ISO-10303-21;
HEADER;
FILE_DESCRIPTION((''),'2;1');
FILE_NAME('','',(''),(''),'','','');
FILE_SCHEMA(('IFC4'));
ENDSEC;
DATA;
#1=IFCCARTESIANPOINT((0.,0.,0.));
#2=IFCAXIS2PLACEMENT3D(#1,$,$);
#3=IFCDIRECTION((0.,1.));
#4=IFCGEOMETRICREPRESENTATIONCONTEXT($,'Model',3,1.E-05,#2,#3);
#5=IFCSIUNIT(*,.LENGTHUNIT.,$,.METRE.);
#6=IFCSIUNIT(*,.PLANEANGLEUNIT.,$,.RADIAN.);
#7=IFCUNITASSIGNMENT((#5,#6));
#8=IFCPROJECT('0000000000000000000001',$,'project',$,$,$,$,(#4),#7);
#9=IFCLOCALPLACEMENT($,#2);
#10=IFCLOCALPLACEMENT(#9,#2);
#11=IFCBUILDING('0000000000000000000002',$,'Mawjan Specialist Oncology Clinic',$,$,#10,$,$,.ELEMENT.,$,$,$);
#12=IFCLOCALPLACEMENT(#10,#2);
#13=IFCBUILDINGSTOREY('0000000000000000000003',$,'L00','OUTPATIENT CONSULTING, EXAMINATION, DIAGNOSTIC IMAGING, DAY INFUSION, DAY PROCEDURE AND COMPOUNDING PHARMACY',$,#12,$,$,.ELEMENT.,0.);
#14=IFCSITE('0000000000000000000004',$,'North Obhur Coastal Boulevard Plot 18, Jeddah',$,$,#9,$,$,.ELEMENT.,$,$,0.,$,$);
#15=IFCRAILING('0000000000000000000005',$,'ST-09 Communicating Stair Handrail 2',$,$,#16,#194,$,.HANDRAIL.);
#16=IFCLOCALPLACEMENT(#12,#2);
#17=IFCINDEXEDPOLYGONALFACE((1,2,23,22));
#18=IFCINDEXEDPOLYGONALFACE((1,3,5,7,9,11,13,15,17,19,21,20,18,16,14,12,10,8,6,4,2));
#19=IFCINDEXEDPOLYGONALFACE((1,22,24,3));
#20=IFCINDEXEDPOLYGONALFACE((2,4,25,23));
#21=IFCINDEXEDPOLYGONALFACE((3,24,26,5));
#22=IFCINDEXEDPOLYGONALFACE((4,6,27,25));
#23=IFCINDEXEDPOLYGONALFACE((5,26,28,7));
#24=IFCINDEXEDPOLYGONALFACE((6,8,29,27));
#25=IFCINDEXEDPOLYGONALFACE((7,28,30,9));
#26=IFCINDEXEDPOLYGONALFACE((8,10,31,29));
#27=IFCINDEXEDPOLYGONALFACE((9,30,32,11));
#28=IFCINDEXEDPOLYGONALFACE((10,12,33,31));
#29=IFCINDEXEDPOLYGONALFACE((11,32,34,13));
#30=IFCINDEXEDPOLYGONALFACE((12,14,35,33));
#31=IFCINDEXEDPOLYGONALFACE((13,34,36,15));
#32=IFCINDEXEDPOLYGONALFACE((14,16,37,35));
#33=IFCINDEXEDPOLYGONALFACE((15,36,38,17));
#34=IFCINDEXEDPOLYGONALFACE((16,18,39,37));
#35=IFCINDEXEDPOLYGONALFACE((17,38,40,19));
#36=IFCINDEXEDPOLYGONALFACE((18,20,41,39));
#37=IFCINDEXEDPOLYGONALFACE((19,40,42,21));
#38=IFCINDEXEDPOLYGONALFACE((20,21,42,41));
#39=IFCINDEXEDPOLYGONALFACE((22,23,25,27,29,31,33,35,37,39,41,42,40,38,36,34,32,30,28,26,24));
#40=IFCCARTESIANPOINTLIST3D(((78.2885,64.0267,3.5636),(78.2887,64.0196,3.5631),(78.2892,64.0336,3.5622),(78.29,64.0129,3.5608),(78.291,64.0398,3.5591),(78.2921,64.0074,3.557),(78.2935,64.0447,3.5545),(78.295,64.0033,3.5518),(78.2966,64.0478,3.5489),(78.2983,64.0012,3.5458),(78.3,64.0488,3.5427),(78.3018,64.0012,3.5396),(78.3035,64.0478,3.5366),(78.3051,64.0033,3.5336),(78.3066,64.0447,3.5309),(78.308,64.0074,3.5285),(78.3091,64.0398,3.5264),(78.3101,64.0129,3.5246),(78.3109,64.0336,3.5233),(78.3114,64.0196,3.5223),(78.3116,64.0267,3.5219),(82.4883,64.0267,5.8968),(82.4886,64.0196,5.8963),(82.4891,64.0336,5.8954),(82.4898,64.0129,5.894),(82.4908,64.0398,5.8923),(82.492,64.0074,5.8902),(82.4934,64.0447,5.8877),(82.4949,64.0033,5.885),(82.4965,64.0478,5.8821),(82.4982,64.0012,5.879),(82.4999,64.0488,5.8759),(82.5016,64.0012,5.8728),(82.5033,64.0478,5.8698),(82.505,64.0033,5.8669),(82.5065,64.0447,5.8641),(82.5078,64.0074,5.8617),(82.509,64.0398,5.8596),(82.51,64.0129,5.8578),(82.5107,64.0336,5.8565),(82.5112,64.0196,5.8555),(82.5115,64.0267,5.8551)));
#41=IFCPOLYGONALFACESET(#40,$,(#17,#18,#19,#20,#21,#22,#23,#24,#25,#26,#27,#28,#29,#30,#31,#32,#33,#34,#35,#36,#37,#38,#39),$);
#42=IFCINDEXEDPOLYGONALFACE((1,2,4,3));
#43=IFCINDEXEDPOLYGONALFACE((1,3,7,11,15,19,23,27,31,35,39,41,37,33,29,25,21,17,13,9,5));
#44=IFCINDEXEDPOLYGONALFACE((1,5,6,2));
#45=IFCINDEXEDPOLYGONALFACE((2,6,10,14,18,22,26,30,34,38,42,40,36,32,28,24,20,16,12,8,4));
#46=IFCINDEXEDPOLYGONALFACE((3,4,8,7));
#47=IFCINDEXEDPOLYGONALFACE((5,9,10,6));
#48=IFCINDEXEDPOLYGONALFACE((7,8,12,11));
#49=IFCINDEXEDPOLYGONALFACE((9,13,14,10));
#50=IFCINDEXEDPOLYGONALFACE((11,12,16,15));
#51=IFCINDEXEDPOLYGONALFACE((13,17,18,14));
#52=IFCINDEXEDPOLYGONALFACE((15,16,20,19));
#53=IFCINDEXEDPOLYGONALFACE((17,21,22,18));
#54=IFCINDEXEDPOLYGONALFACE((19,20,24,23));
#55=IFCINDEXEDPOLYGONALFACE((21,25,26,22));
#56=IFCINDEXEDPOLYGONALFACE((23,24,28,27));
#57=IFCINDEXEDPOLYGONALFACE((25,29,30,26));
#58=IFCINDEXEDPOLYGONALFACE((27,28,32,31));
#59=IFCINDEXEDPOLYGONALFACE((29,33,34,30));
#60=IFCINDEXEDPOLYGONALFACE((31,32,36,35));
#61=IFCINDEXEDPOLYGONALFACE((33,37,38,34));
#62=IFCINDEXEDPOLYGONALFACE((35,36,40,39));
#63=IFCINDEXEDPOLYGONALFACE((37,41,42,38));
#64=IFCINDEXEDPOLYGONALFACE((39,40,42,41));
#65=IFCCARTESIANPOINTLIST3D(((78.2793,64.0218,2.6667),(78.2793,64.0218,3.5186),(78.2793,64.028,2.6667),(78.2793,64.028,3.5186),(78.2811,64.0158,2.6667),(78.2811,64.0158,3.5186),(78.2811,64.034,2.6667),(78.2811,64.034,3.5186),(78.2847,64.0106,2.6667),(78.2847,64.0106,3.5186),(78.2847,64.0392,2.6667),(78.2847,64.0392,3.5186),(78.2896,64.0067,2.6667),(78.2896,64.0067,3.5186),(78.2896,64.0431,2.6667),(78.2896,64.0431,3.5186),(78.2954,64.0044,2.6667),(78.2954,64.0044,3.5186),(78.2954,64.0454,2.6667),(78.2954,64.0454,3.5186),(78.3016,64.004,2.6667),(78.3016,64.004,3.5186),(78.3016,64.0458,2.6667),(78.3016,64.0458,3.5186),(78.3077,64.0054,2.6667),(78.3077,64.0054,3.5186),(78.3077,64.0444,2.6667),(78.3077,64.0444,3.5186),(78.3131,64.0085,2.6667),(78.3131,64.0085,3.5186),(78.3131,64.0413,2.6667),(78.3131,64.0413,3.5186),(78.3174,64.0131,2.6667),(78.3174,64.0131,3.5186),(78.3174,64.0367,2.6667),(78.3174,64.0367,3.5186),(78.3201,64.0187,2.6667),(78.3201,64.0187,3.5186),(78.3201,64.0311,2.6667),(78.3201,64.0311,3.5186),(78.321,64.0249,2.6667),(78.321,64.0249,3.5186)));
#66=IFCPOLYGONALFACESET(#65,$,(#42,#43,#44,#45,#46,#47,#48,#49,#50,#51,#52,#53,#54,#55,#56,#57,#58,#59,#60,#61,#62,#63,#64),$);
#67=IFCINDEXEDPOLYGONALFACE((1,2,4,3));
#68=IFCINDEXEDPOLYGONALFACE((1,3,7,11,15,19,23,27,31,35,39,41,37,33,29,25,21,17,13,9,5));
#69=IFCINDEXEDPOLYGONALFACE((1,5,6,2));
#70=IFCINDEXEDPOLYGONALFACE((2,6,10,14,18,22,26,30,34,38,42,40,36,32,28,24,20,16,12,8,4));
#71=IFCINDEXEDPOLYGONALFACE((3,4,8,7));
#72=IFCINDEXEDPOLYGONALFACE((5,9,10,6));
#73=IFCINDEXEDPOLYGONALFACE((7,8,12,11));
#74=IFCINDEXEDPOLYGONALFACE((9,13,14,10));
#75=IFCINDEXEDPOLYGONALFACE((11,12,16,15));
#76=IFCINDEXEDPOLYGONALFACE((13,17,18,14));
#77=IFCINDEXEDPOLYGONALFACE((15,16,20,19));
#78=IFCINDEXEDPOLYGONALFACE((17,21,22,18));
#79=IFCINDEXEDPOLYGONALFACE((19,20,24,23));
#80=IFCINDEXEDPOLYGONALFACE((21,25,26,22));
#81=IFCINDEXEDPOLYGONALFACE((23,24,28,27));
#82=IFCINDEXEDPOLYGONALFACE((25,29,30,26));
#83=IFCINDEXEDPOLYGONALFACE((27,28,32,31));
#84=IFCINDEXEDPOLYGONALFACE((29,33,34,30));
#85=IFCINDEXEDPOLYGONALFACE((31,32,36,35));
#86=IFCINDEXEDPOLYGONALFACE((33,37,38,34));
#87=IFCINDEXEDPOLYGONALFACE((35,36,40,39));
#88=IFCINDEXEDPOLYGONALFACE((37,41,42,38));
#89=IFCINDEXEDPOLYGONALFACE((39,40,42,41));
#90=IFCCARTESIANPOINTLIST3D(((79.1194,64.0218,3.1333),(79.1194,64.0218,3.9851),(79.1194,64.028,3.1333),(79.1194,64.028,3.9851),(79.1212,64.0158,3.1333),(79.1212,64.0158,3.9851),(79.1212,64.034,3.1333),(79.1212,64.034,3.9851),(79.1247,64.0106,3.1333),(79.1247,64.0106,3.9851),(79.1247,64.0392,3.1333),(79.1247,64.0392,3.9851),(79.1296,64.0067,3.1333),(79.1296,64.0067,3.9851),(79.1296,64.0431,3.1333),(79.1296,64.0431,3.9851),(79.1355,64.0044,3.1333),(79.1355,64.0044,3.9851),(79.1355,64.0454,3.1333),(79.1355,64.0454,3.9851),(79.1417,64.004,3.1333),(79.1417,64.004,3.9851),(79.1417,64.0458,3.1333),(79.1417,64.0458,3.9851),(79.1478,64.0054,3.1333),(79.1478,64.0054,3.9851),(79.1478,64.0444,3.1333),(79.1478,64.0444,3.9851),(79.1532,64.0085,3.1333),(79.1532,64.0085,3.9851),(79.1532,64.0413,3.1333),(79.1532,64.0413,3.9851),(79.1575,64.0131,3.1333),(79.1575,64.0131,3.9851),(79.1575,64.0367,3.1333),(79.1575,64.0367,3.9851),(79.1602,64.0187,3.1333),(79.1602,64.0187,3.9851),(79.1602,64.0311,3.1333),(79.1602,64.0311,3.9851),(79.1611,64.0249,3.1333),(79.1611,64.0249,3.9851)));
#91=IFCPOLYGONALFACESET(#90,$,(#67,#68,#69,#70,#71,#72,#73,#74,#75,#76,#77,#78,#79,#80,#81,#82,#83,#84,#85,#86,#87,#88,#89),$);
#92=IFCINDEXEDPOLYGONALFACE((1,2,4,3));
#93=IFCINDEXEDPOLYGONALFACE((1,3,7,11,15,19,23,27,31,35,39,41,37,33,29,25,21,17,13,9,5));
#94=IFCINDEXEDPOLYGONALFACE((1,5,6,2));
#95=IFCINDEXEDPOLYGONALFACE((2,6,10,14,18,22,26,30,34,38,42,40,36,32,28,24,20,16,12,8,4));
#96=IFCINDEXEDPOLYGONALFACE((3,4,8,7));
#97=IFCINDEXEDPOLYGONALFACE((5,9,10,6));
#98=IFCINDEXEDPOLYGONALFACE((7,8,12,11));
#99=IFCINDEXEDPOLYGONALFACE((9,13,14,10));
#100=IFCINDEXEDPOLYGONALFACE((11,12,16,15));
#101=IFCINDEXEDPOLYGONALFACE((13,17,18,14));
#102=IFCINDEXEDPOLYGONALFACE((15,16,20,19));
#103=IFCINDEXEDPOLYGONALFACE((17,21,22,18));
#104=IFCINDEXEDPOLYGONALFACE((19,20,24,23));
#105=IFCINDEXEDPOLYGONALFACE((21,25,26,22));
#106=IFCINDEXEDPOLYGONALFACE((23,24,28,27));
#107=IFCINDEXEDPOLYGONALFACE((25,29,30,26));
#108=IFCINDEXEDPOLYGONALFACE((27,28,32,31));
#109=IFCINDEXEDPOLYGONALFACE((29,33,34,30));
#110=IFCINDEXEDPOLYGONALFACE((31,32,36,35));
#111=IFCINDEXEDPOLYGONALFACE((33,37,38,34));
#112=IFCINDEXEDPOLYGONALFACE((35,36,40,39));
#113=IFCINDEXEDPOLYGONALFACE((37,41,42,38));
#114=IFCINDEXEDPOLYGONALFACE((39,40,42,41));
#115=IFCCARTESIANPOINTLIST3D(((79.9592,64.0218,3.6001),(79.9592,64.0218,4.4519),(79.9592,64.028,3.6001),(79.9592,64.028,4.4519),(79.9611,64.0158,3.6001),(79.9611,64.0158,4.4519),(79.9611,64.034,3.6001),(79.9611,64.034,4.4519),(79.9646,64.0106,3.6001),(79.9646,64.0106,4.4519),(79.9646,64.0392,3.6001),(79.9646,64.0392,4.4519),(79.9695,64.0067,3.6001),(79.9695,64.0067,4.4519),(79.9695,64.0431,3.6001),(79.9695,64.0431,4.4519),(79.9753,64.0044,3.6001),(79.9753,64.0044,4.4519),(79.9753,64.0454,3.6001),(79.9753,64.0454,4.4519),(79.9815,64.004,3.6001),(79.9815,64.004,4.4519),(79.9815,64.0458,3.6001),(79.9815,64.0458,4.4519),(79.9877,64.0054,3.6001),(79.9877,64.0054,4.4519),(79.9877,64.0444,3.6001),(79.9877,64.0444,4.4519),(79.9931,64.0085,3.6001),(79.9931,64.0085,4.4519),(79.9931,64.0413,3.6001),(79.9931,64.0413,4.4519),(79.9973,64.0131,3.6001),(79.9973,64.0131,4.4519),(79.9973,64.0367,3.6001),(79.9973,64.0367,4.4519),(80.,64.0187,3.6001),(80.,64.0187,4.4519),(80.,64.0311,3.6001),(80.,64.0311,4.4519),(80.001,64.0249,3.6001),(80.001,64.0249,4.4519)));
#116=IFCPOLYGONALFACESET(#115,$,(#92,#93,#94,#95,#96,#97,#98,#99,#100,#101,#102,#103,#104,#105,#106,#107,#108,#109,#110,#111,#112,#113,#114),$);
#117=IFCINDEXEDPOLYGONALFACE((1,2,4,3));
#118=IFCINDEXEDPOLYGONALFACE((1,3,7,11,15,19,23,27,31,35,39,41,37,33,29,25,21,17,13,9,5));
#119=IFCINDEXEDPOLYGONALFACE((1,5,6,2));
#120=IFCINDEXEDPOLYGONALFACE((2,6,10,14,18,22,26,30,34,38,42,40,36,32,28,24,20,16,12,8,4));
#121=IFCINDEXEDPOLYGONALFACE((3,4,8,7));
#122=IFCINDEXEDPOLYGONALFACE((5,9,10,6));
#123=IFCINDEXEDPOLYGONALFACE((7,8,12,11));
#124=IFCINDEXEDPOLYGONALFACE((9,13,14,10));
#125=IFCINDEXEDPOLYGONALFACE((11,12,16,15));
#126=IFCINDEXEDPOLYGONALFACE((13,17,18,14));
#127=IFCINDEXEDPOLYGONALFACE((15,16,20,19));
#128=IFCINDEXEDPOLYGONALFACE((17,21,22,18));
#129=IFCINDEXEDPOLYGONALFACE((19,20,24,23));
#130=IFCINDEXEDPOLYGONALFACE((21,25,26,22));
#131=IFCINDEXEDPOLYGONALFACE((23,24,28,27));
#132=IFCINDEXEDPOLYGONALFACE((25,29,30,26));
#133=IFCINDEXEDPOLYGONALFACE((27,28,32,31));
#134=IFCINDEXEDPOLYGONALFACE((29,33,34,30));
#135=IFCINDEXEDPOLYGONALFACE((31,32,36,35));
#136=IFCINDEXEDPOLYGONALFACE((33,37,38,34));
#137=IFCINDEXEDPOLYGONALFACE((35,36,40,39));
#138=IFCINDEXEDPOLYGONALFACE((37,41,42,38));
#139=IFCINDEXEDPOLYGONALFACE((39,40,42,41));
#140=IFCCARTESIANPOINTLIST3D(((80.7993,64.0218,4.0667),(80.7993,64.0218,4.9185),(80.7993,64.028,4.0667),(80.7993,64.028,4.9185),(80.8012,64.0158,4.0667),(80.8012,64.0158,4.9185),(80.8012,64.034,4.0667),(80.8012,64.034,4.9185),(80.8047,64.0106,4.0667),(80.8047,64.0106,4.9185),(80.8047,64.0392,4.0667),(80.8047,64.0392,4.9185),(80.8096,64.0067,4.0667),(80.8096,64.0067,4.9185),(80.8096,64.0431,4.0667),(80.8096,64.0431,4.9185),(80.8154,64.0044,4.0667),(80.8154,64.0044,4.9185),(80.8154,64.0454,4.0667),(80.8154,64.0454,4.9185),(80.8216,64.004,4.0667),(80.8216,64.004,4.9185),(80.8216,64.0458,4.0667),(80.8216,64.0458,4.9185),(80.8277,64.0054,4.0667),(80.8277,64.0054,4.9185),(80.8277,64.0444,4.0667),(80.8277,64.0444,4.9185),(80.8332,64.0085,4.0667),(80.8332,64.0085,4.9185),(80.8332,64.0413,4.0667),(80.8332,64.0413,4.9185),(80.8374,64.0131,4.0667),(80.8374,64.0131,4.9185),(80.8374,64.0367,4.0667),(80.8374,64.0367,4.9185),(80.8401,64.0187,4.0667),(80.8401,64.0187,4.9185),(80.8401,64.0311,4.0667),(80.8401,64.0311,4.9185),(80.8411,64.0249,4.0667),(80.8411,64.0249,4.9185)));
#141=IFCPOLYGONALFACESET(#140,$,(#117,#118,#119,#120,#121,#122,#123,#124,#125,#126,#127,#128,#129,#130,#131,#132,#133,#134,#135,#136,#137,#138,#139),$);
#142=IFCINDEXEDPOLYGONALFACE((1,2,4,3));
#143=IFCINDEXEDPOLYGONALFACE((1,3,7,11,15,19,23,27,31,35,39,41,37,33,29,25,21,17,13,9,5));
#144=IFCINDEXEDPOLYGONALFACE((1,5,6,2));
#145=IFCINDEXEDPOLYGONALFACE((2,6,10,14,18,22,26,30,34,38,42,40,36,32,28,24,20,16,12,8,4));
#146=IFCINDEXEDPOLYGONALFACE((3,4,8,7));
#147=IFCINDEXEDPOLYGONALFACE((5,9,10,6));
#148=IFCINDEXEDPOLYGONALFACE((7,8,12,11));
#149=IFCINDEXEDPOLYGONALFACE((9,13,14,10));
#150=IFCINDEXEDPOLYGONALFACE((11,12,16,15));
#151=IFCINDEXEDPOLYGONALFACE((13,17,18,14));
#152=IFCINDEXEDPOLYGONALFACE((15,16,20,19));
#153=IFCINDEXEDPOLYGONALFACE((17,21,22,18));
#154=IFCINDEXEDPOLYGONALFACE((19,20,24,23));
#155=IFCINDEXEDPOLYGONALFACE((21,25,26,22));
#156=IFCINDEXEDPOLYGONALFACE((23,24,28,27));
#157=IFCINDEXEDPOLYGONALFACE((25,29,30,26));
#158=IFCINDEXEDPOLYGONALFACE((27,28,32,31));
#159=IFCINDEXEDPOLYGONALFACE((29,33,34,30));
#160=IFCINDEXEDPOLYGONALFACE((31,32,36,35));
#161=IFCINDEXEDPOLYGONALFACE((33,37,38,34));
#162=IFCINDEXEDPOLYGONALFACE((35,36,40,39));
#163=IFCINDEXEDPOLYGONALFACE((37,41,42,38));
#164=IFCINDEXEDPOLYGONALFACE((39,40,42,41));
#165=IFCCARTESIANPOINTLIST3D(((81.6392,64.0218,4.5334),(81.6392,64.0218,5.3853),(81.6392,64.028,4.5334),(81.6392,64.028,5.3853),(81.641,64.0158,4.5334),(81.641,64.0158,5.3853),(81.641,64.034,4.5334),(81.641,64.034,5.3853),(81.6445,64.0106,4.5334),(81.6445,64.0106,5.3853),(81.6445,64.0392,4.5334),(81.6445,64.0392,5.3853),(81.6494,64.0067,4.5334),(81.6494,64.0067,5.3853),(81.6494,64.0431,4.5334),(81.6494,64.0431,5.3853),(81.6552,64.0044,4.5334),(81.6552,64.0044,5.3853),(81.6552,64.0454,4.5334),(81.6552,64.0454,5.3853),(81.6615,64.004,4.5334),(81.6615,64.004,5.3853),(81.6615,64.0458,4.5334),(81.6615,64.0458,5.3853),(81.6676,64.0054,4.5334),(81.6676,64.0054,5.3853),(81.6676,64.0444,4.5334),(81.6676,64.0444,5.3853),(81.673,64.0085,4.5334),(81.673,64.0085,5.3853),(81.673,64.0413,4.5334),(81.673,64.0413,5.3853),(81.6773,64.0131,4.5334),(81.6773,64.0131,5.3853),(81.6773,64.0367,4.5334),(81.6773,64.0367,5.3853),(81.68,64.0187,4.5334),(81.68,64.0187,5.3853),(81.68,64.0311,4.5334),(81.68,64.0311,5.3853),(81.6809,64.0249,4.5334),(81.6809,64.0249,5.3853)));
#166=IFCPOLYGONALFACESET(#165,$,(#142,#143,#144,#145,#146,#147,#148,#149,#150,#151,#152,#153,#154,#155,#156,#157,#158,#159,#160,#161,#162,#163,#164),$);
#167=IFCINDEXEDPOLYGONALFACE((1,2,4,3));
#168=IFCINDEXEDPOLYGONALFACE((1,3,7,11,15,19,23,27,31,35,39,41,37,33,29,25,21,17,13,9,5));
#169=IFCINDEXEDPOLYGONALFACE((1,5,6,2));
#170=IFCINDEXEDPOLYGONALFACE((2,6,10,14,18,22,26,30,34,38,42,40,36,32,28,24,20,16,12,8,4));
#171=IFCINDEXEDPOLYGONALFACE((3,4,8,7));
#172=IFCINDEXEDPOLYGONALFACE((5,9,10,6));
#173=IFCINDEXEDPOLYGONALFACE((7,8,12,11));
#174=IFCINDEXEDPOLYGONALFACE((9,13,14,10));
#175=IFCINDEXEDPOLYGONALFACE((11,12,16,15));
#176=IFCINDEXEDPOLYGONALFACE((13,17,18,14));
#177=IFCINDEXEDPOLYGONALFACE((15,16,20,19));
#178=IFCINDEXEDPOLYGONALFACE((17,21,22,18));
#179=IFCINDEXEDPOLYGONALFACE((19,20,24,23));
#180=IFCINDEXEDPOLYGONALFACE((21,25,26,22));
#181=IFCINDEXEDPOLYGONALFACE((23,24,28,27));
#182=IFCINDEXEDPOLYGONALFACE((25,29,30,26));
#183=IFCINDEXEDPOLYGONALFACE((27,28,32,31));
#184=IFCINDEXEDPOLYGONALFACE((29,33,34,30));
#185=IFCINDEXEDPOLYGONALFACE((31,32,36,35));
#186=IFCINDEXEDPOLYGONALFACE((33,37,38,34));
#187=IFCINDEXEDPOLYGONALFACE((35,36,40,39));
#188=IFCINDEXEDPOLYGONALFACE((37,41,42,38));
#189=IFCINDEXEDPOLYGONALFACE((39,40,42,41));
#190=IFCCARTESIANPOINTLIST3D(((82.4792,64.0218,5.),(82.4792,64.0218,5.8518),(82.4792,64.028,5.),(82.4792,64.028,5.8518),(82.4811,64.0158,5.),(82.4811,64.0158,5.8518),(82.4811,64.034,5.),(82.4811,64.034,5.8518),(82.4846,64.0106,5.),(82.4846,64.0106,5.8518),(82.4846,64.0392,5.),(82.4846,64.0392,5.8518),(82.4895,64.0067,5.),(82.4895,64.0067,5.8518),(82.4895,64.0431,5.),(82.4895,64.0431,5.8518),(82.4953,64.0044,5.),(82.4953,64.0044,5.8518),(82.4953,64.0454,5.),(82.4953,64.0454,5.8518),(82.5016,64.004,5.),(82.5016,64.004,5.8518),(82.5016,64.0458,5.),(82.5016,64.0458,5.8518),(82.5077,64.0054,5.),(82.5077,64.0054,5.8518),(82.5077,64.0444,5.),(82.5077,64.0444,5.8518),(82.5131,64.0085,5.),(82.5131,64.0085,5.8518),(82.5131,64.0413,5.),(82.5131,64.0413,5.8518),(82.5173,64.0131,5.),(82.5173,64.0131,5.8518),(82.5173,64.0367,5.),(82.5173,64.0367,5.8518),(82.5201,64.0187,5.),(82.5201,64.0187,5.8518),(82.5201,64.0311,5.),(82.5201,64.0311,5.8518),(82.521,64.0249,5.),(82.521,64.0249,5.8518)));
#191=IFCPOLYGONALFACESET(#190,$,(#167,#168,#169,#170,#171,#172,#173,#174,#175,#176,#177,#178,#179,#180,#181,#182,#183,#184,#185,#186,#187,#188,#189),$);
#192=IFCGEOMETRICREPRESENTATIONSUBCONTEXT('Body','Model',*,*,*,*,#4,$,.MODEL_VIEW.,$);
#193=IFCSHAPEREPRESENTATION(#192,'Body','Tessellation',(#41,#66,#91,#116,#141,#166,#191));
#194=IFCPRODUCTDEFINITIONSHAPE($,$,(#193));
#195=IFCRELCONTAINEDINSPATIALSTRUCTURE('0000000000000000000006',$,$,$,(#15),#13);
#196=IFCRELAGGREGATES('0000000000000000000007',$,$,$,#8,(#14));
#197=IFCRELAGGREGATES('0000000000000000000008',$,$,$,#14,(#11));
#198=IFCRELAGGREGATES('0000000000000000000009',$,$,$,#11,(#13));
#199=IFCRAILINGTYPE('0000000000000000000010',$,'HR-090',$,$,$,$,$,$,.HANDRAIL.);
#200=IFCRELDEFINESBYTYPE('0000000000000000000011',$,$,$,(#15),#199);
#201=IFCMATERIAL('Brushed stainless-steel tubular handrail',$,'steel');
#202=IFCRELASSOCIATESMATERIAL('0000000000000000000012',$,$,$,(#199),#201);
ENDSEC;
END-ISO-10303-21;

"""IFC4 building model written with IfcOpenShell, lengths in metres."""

from ifc_helpers import new_model, si_unit, direction, frame, origin, origin_2d, place, context, subcontext, project, spatial, circle, extrude, material, type_object, element, save


model = new_model("IFC4")

# Units and contexts
model_context = context("Model", 3, precision=1e-05, world=origin(), true_north=direction((0.0, 1.0)))
body_context = subcontext(model_context, "Body", "Model", "MODEL_VIEW")
ifc_project = project(units=[si_unit("LENGTHUNIT", "METRE"), si_unit("PLANEANGLEUNIT", "RADIAN")], contexts=[model_context])

# Site, building, storey
site_placement = place(None, origin())
site = spatial("IfcSite", under=ifc_project, at=site_placement, Name="North Obhur Coastal Boulevard Plot 18, Jeddah", CompositionType="ELEMENT", RefElevation=0.0)
building_placement = place(site_placement, origin())
building = spatial("IfcBuilding", under=site, at=building_placement, Name="Mawjan Specialist Oncology Clinic", CompositionType="ELEMENT")
storey_placement = place(building_placement, origin())
storey = spatial("IfcBuildingStorey", under=building, at=storey_placement, Name="L00", Description="OUTPATIENT CONSULTING, EXAMINATION, DIAGNOSTIC IMAGING, DAY INFUSION, DAY PROCEDURE AND COMPOUNDING PHARMACY", CompositionType="ELEMENT", Elevation=0.0)

# Railing
ifc_material_1 = material(Name="Brushed stainless-steel tubular handrail", Category="steel")
railing_type = type_object("IfcRailingType", Name="HR-090", PredefinedType="HANDRAIL", material=ifc_material_1)
railing_placement = place(storey_placement, frame((78.3, 64.0249, 2.6667)))
element("IfcRailing", 1, at=railing_placement, inside=storey, type_object=railing_type, Name="ST-09 Communicating Stair Handrail 2", PredefinedType="HANDRAIL", context=body_context, shape_type="SweptSolid", body=[
    extrude(circle(Radius=0.0239, at=origin_2d()), frame((0.0, 0.0, 0.876), z_axis=(0.874162, 0.0, 0.485634), x_axis=(0.0, 1.0, 0.0)), (0.0, 0.0, 1.0), 4.8044),
    extrude(circle(Radius=0.021, at=origin_2d()), origin(), (0.0, 0.0, 1.0), 0.8518),
    extrude(circle(Radius=0.021, at=origin_2d()), frame((0.8401, 0.0, 0.4666)), (0.0, 0.0, 1.0), 0.8518),
    extrude(circle(Radius=0.021, at=origin_2d()), frame((1.6799, 0.0, 0.9333)), (0.0, 0.0, 1.0), 0.8518),
    extrude(circle(Radius=0.021, at=origin_2d()), frame((2.52, 0.0, 1.3999)), (0.0, 0.0, 1.0), 0.8518),
    extrude(circle(Radius=0.021, at=origin_2d()), frame((3.3599, 0.0, 1.8667)), (0.0, 0.0, 1.0), 0.8518),
    extrude(circle(Radius=0.021, at=origin_2d()), frame((4.2, 0.0, 2.3333)), (0.0, 0.0, 1.0), 0.8518),
])

save(model, "model.ifc")
